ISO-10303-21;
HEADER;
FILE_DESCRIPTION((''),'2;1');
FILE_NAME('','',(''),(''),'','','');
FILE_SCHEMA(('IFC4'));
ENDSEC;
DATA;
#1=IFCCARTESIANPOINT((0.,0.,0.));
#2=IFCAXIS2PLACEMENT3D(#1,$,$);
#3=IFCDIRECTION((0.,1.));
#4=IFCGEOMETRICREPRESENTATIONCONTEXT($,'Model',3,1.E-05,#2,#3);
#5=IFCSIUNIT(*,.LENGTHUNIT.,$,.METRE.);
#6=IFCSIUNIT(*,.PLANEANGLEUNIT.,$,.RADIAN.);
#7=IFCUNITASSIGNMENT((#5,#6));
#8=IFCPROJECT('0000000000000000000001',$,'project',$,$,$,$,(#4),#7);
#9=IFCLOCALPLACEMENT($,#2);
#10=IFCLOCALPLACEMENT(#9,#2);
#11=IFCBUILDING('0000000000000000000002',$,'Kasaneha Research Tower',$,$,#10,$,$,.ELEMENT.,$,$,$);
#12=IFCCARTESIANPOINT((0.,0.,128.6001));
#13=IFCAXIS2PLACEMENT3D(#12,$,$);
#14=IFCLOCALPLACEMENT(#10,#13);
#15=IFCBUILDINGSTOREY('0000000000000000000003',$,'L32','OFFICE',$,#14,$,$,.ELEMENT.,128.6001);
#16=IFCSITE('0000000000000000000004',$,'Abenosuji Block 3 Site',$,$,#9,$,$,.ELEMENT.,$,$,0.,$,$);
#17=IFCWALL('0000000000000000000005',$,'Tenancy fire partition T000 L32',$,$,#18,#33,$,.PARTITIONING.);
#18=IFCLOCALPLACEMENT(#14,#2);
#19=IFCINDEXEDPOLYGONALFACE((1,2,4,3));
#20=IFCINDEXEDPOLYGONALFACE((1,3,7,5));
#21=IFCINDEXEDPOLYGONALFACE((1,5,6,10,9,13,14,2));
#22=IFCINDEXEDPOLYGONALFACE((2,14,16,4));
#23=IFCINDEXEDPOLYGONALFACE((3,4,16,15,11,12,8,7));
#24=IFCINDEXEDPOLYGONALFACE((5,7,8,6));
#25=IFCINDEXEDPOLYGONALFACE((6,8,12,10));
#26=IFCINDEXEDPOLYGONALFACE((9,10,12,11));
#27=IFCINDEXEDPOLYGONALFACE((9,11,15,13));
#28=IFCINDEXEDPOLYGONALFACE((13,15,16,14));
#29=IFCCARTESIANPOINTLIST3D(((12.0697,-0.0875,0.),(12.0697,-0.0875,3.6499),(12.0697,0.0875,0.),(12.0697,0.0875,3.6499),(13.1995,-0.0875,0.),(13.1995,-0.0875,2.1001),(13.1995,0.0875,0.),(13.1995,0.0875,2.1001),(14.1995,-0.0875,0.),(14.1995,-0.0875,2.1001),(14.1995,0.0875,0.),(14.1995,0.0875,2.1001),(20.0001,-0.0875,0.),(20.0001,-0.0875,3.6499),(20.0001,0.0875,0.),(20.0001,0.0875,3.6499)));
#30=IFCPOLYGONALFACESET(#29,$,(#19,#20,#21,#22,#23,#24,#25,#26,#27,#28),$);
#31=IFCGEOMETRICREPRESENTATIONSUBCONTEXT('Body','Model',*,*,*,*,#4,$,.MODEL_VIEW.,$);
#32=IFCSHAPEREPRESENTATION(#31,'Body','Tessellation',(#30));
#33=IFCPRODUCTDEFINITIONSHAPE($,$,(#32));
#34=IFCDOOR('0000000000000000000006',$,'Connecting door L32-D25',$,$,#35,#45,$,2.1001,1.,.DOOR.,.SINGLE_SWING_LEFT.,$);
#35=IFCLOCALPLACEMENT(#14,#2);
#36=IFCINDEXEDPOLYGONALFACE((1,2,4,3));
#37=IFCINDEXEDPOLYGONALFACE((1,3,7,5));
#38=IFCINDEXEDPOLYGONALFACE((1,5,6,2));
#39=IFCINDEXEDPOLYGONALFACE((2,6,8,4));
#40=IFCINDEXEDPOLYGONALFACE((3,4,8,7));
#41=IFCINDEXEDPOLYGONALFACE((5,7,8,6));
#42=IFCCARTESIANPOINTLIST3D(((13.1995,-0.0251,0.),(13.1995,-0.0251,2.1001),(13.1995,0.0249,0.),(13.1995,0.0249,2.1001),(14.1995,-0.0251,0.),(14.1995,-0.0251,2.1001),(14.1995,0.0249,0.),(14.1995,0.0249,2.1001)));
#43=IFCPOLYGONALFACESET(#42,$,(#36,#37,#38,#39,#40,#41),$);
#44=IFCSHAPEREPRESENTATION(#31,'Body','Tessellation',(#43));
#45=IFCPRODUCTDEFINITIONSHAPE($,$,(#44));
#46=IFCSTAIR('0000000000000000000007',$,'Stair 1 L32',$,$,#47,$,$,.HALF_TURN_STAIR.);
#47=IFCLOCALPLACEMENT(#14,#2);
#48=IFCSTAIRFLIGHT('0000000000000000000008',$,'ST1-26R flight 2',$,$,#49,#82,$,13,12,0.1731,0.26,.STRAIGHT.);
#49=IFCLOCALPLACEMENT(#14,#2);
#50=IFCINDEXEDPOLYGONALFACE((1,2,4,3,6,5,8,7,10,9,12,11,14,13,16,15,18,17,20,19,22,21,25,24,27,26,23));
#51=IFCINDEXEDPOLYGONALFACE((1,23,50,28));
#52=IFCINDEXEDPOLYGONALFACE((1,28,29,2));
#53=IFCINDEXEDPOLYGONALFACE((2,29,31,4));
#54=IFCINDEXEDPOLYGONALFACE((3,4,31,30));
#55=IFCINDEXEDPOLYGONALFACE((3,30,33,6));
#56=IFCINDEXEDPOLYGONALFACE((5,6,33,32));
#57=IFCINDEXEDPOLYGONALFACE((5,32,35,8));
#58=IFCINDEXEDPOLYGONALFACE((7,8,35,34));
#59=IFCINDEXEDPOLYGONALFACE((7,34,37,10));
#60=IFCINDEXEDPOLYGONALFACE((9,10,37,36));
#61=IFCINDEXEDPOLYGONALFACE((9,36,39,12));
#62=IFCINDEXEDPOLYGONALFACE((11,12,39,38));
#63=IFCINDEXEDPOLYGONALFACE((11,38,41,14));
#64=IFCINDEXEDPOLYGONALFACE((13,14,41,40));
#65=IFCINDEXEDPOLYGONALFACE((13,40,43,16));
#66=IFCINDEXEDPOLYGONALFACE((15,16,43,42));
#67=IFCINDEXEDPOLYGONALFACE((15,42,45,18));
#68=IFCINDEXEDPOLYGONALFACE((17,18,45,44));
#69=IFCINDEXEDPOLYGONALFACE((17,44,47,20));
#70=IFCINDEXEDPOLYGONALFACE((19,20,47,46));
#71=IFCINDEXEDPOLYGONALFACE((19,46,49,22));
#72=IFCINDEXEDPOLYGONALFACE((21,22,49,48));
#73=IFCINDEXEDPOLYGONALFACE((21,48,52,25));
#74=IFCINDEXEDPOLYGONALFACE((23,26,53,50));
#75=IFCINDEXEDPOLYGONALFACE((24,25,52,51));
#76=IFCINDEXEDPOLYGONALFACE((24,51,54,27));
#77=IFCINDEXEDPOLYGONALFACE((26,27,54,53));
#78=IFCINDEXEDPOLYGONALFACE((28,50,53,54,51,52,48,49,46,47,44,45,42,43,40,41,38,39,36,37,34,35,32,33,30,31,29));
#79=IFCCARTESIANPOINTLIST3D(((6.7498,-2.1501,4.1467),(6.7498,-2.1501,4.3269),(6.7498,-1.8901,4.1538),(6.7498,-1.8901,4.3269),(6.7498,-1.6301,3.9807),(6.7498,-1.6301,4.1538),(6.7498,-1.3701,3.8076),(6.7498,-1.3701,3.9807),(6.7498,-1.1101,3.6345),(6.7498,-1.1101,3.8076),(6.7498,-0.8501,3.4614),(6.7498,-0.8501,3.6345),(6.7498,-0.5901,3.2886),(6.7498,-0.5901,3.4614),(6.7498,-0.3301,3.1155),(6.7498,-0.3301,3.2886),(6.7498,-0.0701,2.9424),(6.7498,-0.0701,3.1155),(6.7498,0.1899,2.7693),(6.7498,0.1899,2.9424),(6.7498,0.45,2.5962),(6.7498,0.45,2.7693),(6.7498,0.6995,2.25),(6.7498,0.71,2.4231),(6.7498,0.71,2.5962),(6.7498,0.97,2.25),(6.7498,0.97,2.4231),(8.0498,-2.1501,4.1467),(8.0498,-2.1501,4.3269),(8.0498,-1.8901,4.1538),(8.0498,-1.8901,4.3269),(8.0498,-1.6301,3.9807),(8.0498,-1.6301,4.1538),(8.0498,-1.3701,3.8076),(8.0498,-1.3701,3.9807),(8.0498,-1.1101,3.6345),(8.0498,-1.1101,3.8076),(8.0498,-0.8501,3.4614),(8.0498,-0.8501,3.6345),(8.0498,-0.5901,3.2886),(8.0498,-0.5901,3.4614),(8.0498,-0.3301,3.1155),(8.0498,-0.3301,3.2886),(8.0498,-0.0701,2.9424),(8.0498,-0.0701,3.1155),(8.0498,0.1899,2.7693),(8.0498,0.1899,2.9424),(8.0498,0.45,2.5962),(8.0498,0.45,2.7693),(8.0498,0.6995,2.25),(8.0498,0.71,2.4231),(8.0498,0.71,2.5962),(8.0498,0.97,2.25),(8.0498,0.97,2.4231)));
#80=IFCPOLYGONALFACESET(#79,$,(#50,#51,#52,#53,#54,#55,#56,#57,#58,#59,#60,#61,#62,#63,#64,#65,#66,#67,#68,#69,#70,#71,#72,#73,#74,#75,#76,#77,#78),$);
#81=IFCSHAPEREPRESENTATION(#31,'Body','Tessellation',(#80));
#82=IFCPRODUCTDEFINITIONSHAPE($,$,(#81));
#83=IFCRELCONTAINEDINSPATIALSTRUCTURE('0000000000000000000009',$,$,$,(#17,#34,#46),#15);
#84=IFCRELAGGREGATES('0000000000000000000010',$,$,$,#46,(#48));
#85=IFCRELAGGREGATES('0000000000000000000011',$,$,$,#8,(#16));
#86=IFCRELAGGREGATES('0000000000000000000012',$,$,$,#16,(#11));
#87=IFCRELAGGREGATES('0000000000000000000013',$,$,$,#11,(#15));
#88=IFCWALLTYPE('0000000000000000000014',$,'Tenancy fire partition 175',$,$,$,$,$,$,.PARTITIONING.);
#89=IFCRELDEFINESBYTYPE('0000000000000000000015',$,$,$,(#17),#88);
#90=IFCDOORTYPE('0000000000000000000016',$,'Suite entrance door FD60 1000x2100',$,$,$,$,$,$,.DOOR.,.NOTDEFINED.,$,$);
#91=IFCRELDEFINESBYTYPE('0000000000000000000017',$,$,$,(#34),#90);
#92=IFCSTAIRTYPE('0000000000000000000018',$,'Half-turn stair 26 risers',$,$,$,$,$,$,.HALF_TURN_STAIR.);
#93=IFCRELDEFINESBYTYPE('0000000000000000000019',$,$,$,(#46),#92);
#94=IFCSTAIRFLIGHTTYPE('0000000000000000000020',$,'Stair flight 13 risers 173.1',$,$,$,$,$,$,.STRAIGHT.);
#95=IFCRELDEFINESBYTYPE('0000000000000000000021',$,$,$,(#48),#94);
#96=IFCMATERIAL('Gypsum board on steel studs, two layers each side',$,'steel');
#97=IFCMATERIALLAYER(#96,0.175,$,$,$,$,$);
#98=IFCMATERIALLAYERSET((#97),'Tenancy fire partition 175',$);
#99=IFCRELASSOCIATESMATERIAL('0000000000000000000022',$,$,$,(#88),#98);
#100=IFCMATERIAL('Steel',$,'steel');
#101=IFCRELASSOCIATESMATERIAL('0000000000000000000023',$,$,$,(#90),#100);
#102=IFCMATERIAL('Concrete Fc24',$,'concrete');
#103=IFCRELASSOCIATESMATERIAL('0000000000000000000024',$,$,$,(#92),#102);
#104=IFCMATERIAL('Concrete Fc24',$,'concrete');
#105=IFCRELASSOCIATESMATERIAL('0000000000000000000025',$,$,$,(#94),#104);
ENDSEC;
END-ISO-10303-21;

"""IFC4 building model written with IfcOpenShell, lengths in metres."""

from ifc_helpers import new_model, si_unit, direction, frame, frame_2d, origin, place, context, subcontext, project, spatial, polyline, rectangle, outline, extrude, material, layer, layer_set, type_object, element, fill, aggregate, save


model = new_model("IFC4")

# Units and contexts
model_context = context("Model", 3, precision=1e-05, world=origin(), true_north=direction((0.0, 1.0)))
body_context = subcontext(model_context, "Body", "Model", "MODEL_VIEW")
ifc_project = project(units=[si_unit("LENGTHUNIT", "METRE"), si_unit("PLANEANGLEUNIT", "RADIAN")], contexts=[model_context])

# Site, building, storey
site_placement = place(None, origin())
site = spatial("IfcSite", under=ifc_project, at=site_placement, Name="Abenosuji Block 3 Site", CompositionType="ELEMENT", RefElevation=0.0)
building_placement = place(site_placement, origin())
building = spatial("IfcBuilding", under=site, at=building_placement, Name="Kasaneha Research Tower", CompositionType="ELEMENT")
storey_placement = place(building_placement, frame((0.0, 0.0, 128.6001)))
storey = spatial("IfcBuildingStorey", under=building, at=storey_placement, Name="L32", Description="OFFICE", CompositionType="ELEMENT", Elevation=128.6001)

# Wall, opening, door
ifc_material_1 = material(Name="Gypsum board on steel studs, two layers each side", Category="steel")
ifc_layer_1 = layer(ifc_material_1, 0.175)
ifc_layer_set_1 = layer_set([ifc_layer_1], Name="Tenancy fire partition 175")
wall_type = type_object("IfcWallType", Name="Tenancy fire partition 175", PredefinedType="PARTITIONING", material=ifc_layer_set_1)
wall_placement = place(storey_placement, frame((12.0696, 0.0, 0.0), z_axis=(0.0, 0.0, 1.0), x_axis=(1.0, 0.0, 0.0)))
wall = element("IfcWall", 1, at=wall_placement, inside=storey, type_object=wall_type, Name="Tenancy fire partition T000 L32", PredefinedType="PARTITIONING", context=body_context, shape_type="SweptSolid", body=[
    extrude(rectangle(XDim=7.9304, YDim=0.175, at=frame_2d((3.9653, 0.0))), origin(), (0.0, 0.0, 1.0), 3.6499),
])
opening_placement = place(wall_placement, frame((1.1299, 0.0, 0.0)))
opening = element("IfcOpeningElement", 2, at=opening_placement, cuts=wall, PredefinedType="OPENING", context=body_context, shape_type="SweptSolid", body=[
    extrude(rectangle(XDim=1.0, YDim=2.1001, at=frame_2d((0.5, 1.05))), frame((0.0, 0.0977, 0.0), z_axis=(0.0, -1.0, 0.0), x_axis=(1.0, 0.0, 0.0)), (0.0, 0.0, 1.0), 0.1951),
])
ifc_material_2 = material(Name="Steel", Category="steel")
door_type = type_object("IfcDoorType", Name="Suite entrance door FD60 1000x2100", OperationType="NOTDEFINED", PredefinedType="DOOR", material=ifc_material_2)
door_placement = place(opening_placement, origin())
door = element("IfcDoor", 3, at=door_placement, inside=storey, type_object=door_type, Name="Connecting door L32-D25", OperationType="SINGLE_SWING_LEFT", OverallHeight=2.1001, OverallWidth=1.0, PredefinedType="DOOR", context=body_context, shape_type="SweptSolid", body=[
    extrude(rectangle(XDim=1.0, YDim=2.1001, at=frame_2d((0.5, 1.05))), frame((0.0, 0.0249, 0.0), z_axis=(0.0, -1.0, 0.0), x_axis=(1.0, 0.0, 0.0)), (0.0, 0.0, 1.0), 0.05),
])
fill(opening, door)

# Stair, stair flight
ifc_material_3 = material(Name="Concrete Fc24", Category="concrete")
stair_type = type_object("IfcStairType", Name="Half-turn stair 26 risers", PredefinedType="HALF_TURN_STAIR", material=ifc_material_3)
stair_placement = place(storey_placement, origin())
stair = element("IfcStair", 4, at=stair_placement, inside=storey, type_object=stair_type, Name="Stair 1 L32", PredefinedType="HALF_TURN_STAIR")
ifc_material_4 = material(Name="Concrete Fc24", Category="concrete")
stair_flight_type = type_object("IfcStairFlightType", Name="Stair flight 13 risers 173.1", PredefinedType="STRAIGHT", material=ifc_material_4)
stair_flight_placement = place(storey_placement, frame((7.3999, 0.97, 2.25), z_axis=(0.0, 0.0, 1.0), x_axis=(0.0, -1.0, 0.0)))
stair_flight = element("IfcStairFlight", 5, at=stair_flight_placement, type_object=stair_flight_type, Name="ST1-26R flight 2", NumberOfRisers=13, NumberOfTreads=12, PredefinedType="STRAIGHT", RiserHeight=0.1731, TreadLength=0.26, context=body_context, shape_type="SweptSolid", body=[
    extrude(outline(polyline([(0.0, 0.0), (0.0, 0.1731), (0.26, 0.1731), (0.26, 0.3462), (0.52, 0.3462), (0.52, 0.5193), (0.78, 0.5193), (0.78, 0.6924), (1.04, 0.6924), (1.04, 0.8655), (1.3, 0.8655), (1.3, 1.0386), (1.5601, 1.0386), (1.5601, 1.2114), (1.8201, 1.2114), (1.8201, 1.3845), (2.0801, 1.3845), (2.0801, 1.5576), (2.3401, 1.5576), (2.3401, 1.7307), (2.6001, 1.7307), (2.6001, 1.9038), (2.8601, 1.9038), (2.8601, 2.0769), (3.1201, 2.0769), (3.1201, 2.25), (3.1201, 1.8967), (0.2705, 0.0), (0.0, 0.0)])), frame((0.0, 0.6499, 0.0), z_axis=(0.0, -1.0, 0.0), x_axis=(1.0, 0.0, 0.0)), (0.0, 0.0, 1.0), 1.3),
])
aggregate(stair, [stair_flight])

save(model, "model.ifc")
